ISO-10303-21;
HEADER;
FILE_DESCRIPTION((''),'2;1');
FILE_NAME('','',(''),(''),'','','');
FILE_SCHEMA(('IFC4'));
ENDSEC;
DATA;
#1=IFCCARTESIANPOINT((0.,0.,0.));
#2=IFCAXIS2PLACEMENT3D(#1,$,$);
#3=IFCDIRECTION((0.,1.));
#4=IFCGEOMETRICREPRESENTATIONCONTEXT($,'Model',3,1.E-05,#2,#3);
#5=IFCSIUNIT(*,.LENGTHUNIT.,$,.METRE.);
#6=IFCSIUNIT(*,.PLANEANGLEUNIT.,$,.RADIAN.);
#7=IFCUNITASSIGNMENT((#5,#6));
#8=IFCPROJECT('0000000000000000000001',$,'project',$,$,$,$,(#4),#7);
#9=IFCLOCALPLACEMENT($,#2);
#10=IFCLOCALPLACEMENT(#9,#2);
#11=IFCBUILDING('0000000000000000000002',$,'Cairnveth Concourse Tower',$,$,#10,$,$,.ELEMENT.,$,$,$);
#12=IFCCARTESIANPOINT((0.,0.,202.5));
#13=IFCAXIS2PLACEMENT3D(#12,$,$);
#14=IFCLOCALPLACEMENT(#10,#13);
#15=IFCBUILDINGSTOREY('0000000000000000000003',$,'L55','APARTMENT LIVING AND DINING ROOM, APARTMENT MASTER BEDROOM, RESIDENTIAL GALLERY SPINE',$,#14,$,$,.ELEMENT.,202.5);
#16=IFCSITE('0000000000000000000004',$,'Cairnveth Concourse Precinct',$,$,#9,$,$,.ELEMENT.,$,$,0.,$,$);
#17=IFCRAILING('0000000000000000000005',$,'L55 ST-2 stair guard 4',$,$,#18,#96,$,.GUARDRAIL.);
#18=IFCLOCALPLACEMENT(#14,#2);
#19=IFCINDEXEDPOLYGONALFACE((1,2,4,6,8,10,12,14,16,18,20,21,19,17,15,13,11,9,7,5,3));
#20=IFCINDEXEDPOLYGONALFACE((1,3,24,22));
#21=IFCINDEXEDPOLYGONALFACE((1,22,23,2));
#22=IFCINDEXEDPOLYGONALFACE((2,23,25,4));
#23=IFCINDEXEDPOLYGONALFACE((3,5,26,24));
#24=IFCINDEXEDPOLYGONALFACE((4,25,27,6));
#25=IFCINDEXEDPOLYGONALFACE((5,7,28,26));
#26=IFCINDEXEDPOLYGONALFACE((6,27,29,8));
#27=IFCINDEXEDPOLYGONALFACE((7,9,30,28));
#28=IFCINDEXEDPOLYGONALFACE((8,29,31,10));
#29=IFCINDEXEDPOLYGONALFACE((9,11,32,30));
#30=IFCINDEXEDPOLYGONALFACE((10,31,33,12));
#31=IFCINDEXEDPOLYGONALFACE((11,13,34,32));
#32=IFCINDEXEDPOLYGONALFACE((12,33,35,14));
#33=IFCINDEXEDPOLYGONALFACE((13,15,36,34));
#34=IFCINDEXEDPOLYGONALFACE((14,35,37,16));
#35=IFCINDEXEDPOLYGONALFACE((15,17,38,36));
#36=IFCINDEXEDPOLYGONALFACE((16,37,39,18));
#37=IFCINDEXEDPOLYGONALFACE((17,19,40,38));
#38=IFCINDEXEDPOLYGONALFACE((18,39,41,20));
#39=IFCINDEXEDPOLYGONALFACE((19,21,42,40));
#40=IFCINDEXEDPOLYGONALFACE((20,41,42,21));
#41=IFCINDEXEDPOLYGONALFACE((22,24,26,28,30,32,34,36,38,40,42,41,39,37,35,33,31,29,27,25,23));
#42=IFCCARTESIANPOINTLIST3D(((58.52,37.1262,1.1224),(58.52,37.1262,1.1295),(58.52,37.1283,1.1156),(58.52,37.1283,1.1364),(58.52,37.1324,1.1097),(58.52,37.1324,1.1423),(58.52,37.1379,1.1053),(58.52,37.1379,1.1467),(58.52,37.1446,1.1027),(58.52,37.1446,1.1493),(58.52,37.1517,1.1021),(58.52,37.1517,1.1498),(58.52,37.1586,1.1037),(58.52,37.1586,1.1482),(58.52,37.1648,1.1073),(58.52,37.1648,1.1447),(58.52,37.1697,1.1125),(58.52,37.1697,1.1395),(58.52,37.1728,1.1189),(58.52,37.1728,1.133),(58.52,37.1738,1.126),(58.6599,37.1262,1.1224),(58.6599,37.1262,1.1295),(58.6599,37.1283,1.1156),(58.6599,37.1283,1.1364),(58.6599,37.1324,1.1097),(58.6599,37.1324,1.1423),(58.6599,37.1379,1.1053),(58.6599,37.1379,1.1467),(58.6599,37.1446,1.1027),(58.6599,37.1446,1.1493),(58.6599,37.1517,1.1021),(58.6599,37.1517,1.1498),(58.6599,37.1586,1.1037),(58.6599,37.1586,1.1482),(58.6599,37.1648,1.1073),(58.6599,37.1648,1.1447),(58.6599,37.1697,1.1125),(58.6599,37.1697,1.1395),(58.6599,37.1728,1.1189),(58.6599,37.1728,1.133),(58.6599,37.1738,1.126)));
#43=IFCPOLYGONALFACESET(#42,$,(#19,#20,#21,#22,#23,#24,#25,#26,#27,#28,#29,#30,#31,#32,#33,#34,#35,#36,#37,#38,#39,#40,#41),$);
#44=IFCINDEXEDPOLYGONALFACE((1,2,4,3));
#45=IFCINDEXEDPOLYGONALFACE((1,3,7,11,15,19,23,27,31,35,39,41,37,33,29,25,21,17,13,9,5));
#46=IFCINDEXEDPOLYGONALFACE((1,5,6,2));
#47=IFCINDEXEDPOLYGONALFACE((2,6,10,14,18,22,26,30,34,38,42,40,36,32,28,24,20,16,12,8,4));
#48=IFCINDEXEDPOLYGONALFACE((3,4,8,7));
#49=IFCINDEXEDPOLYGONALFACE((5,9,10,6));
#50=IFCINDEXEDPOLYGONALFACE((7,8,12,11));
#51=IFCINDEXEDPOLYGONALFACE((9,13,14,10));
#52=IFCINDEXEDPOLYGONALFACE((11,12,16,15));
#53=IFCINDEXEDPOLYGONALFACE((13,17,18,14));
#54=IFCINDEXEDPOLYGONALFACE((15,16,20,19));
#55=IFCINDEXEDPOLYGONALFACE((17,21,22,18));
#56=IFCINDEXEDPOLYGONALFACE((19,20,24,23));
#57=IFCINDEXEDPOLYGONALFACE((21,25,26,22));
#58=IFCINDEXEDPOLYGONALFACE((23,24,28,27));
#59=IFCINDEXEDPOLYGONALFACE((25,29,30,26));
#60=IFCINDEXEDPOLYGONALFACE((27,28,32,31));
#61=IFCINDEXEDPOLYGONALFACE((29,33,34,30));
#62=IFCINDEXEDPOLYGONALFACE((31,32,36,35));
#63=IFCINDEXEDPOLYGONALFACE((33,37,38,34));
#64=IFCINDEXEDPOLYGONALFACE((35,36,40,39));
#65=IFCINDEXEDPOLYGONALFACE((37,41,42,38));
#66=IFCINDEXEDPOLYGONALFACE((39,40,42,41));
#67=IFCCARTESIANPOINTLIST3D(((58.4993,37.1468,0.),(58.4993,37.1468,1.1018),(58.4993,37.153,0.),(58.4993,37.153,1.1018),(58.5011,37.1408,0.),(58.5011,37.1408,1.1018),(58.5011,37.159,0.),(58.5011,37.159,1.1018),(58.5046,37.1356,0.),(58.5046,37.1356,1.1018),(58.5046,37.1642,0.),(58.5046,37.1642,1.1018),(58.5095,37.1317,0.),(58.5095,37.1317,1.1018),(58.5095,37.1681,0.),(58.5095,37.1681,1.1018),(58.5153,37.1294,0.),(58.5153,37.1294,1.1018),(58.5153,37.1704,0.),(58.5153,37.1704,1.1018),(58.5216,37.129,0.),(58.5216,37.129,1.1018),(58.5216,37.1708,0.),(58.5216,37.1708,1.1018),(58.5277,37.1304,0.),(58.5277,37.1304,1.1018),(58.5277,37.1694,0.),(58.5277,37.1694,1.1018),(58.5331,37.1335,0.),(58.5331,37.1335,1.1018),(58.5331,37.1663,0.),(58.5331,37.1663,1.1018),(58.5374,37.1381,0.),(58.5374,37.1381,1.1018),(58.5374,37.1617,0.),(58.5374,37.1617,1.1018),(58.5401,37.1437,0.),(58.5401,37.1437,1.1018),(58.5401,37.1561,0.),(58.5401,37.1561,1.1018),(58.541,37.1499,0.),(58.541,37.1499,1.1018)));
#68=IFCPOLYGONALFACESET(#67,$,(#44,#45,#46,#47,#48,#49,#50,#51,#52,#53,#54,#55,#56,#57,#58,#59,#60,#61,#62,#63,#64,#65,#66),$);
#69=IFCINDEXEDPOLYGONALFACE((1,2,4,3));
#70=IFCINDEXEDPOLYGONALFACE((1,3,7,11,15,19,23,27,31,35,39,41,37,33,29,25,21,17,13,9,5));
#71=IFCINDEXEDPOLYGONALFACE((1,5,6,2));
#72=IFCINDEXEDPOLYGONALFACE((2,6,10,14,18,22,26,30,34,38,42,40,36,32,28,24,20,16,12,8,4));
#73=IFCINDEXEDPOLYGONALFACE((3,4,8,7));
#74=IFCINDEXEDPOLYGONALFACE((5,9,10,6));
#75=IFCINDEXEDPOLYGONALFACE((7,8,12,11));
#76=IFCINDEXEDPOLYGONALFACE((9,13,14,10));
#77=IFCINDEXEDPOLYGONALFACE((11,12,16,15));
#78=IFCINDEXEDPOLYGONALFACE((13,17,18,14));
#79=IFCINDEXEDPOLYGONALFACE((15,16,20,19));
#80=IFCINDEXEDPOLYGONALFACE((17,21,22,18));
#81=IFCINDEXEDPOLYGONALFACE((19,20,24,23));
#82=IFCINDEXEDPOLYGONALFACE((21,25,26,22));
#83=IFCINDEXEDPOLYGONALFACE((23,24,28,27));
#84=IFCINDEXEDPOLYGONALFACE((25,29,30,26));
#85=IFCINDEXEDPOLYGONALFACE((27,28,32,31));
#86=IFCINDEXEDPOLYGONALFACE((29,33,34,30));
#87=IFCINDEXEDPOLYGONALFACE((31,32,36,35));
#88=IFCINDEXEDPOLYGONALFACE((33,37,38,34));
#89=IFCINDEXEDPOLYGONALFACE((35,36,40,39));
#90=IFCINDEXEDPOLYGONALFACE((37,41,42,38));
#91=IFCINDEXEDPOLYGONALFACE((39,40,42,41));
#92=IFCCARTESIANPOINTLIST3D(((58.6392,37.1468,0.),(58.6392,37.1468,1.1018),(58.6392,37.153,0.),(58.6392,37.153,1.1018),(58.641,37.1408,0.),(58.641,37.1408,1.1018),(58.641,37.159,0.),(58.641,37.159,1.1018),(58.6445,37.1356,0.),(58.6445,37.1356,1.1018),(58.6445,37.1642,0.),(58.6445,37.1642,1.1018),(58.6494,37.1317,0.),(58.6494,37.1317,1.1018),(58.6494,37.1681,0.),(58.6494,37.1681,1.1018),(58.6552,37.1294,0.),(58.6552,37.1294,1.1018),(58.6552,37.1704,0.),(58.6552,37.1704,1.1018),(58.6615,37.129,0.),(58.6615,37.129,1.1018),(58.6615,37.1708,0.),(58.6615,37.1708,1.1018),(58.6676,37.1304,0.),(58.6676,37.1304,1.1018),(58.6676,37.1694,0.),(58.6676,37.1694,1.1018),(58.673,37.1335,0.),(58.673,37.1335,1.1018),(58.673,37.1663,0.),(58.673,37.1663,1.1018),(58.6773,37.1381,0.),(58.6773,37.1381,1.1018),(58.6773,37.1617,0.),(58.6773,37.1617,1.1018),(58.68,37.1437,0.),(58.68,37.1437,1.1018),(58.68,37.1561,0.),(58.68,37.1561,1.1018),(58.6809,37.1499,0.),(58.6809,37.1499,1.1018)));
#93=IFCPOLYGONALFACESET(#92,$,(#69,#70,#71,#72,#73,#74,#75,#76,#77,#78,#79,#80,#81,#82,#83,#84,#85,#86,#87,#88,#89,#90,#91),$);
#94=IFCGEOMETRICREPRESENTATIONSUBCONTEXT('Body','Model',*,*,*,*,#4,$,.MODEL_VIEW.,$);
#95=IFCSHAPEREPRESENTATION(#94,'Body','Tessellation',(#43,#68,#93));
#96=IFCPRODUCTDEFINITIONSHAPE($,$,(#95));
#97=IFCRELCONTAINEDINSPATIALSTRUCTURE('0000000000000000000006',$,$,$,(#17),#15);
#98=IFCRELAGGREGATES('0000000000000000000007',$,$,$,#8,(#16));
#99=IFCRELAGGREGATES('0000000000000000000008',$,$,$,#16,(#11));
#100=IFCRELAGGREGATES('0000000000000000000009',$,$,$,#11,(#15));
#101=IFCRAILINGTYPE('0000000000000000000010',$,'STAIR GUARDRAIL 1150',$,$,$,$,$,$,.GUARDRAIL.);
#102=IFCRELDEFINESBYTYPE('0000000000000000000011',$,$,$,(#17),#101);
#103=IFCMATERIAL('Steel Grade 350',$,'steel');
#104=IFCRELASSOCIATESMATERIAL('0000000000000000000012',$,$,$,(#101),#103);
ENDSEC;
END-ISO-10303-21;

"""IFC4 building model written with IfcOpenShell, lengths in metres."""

from ifc_helpers import new_model, si_unit, direction, frame, origin, origin_2d, place, context, subcontext, project, spatial, circle, extrude, material, type_object, element, save


model = new_model("IFC4")

# Units and contexts
model_context = context("Model", 3, precision=1e-05, world=origin(), true_north=direction((0.0, 1.0)))
body_context = subcontext(model_context, "Body", "Model", "MODEL_VIEW")
ifc_project = project(units=[si_unit("LENGTHUNIT", "METRE"), si_unit("PLANEANGLEUNIT", "RADIAN")], contexts=[model_context])

# Site, building, storey
site_placement = place(None, origin())
site = spatial("IfcSite", under=ifc_project, at=site_placement, Name="Cairnveth Concourse Precinct", CompositionType="ELEMENT", RefElevation=0.0)
building_placement = place(site_placement, origin())
building = spatial("IfcBuilding", under=site, at=building_placement, Name="Cairnveth Concourse Tower", CompositionType="ELEMENT")
storey_placement = place(building_placement, frame((0.0, 0.0, 202.5)))
storey = spatial("IfcBuildingStorey", under=building, at=storey_placement, Name="L55", Description="APARTMENT LIVING AND DINING ROOM, APARTMENT MASTER BEDROOM, RESIDENTIAL GALLERY SPINE", CompositionType="ELEMENT", Elevation=202.5)

# Shared definitions
ifc_material_1 = material(Name="Steel Grade 350", Category="steel")

# Railing
railing_type_1 = type_object("IfcRailingType", Name="STAIR GUARDRAIL 1150", PredefinedType="GUARDRAIL", material=ifc_material_1)
railing_1_placement = place(storey_placement, frame((58.52, 37.1499, 0.0)))
element("IfcRailing", 1, at=railing_1_placement, inside=storey, type_object=railing_type_1, Name="L55 ST-2 stair guard 4", PredefinedType="GUARDRAIL", context=body_context, shape_type="SweptSolid", body=[
    extrude(circle(Radius=0.0239, at=origin_2d()), frame((0.0, 0.0, 1.126), z_axis=(1.0, 0.0, 0.0), x_axis=(0.0, 1.0, 0.0)), (0.0, 0.0, 1.0), 0.1399),
    extrude(circle(Radius=0.021, at=origin_2d()), origin(), (0.0, 0.0, 1.0), 1.1018),
    extrude(circle(Radius=0.021, at=origin_2d()), frame((0.1399, 0.0, 0.0)), (0.0, 0.0, 1.0), 1.1018),
])

save(model, "model.ifc")
